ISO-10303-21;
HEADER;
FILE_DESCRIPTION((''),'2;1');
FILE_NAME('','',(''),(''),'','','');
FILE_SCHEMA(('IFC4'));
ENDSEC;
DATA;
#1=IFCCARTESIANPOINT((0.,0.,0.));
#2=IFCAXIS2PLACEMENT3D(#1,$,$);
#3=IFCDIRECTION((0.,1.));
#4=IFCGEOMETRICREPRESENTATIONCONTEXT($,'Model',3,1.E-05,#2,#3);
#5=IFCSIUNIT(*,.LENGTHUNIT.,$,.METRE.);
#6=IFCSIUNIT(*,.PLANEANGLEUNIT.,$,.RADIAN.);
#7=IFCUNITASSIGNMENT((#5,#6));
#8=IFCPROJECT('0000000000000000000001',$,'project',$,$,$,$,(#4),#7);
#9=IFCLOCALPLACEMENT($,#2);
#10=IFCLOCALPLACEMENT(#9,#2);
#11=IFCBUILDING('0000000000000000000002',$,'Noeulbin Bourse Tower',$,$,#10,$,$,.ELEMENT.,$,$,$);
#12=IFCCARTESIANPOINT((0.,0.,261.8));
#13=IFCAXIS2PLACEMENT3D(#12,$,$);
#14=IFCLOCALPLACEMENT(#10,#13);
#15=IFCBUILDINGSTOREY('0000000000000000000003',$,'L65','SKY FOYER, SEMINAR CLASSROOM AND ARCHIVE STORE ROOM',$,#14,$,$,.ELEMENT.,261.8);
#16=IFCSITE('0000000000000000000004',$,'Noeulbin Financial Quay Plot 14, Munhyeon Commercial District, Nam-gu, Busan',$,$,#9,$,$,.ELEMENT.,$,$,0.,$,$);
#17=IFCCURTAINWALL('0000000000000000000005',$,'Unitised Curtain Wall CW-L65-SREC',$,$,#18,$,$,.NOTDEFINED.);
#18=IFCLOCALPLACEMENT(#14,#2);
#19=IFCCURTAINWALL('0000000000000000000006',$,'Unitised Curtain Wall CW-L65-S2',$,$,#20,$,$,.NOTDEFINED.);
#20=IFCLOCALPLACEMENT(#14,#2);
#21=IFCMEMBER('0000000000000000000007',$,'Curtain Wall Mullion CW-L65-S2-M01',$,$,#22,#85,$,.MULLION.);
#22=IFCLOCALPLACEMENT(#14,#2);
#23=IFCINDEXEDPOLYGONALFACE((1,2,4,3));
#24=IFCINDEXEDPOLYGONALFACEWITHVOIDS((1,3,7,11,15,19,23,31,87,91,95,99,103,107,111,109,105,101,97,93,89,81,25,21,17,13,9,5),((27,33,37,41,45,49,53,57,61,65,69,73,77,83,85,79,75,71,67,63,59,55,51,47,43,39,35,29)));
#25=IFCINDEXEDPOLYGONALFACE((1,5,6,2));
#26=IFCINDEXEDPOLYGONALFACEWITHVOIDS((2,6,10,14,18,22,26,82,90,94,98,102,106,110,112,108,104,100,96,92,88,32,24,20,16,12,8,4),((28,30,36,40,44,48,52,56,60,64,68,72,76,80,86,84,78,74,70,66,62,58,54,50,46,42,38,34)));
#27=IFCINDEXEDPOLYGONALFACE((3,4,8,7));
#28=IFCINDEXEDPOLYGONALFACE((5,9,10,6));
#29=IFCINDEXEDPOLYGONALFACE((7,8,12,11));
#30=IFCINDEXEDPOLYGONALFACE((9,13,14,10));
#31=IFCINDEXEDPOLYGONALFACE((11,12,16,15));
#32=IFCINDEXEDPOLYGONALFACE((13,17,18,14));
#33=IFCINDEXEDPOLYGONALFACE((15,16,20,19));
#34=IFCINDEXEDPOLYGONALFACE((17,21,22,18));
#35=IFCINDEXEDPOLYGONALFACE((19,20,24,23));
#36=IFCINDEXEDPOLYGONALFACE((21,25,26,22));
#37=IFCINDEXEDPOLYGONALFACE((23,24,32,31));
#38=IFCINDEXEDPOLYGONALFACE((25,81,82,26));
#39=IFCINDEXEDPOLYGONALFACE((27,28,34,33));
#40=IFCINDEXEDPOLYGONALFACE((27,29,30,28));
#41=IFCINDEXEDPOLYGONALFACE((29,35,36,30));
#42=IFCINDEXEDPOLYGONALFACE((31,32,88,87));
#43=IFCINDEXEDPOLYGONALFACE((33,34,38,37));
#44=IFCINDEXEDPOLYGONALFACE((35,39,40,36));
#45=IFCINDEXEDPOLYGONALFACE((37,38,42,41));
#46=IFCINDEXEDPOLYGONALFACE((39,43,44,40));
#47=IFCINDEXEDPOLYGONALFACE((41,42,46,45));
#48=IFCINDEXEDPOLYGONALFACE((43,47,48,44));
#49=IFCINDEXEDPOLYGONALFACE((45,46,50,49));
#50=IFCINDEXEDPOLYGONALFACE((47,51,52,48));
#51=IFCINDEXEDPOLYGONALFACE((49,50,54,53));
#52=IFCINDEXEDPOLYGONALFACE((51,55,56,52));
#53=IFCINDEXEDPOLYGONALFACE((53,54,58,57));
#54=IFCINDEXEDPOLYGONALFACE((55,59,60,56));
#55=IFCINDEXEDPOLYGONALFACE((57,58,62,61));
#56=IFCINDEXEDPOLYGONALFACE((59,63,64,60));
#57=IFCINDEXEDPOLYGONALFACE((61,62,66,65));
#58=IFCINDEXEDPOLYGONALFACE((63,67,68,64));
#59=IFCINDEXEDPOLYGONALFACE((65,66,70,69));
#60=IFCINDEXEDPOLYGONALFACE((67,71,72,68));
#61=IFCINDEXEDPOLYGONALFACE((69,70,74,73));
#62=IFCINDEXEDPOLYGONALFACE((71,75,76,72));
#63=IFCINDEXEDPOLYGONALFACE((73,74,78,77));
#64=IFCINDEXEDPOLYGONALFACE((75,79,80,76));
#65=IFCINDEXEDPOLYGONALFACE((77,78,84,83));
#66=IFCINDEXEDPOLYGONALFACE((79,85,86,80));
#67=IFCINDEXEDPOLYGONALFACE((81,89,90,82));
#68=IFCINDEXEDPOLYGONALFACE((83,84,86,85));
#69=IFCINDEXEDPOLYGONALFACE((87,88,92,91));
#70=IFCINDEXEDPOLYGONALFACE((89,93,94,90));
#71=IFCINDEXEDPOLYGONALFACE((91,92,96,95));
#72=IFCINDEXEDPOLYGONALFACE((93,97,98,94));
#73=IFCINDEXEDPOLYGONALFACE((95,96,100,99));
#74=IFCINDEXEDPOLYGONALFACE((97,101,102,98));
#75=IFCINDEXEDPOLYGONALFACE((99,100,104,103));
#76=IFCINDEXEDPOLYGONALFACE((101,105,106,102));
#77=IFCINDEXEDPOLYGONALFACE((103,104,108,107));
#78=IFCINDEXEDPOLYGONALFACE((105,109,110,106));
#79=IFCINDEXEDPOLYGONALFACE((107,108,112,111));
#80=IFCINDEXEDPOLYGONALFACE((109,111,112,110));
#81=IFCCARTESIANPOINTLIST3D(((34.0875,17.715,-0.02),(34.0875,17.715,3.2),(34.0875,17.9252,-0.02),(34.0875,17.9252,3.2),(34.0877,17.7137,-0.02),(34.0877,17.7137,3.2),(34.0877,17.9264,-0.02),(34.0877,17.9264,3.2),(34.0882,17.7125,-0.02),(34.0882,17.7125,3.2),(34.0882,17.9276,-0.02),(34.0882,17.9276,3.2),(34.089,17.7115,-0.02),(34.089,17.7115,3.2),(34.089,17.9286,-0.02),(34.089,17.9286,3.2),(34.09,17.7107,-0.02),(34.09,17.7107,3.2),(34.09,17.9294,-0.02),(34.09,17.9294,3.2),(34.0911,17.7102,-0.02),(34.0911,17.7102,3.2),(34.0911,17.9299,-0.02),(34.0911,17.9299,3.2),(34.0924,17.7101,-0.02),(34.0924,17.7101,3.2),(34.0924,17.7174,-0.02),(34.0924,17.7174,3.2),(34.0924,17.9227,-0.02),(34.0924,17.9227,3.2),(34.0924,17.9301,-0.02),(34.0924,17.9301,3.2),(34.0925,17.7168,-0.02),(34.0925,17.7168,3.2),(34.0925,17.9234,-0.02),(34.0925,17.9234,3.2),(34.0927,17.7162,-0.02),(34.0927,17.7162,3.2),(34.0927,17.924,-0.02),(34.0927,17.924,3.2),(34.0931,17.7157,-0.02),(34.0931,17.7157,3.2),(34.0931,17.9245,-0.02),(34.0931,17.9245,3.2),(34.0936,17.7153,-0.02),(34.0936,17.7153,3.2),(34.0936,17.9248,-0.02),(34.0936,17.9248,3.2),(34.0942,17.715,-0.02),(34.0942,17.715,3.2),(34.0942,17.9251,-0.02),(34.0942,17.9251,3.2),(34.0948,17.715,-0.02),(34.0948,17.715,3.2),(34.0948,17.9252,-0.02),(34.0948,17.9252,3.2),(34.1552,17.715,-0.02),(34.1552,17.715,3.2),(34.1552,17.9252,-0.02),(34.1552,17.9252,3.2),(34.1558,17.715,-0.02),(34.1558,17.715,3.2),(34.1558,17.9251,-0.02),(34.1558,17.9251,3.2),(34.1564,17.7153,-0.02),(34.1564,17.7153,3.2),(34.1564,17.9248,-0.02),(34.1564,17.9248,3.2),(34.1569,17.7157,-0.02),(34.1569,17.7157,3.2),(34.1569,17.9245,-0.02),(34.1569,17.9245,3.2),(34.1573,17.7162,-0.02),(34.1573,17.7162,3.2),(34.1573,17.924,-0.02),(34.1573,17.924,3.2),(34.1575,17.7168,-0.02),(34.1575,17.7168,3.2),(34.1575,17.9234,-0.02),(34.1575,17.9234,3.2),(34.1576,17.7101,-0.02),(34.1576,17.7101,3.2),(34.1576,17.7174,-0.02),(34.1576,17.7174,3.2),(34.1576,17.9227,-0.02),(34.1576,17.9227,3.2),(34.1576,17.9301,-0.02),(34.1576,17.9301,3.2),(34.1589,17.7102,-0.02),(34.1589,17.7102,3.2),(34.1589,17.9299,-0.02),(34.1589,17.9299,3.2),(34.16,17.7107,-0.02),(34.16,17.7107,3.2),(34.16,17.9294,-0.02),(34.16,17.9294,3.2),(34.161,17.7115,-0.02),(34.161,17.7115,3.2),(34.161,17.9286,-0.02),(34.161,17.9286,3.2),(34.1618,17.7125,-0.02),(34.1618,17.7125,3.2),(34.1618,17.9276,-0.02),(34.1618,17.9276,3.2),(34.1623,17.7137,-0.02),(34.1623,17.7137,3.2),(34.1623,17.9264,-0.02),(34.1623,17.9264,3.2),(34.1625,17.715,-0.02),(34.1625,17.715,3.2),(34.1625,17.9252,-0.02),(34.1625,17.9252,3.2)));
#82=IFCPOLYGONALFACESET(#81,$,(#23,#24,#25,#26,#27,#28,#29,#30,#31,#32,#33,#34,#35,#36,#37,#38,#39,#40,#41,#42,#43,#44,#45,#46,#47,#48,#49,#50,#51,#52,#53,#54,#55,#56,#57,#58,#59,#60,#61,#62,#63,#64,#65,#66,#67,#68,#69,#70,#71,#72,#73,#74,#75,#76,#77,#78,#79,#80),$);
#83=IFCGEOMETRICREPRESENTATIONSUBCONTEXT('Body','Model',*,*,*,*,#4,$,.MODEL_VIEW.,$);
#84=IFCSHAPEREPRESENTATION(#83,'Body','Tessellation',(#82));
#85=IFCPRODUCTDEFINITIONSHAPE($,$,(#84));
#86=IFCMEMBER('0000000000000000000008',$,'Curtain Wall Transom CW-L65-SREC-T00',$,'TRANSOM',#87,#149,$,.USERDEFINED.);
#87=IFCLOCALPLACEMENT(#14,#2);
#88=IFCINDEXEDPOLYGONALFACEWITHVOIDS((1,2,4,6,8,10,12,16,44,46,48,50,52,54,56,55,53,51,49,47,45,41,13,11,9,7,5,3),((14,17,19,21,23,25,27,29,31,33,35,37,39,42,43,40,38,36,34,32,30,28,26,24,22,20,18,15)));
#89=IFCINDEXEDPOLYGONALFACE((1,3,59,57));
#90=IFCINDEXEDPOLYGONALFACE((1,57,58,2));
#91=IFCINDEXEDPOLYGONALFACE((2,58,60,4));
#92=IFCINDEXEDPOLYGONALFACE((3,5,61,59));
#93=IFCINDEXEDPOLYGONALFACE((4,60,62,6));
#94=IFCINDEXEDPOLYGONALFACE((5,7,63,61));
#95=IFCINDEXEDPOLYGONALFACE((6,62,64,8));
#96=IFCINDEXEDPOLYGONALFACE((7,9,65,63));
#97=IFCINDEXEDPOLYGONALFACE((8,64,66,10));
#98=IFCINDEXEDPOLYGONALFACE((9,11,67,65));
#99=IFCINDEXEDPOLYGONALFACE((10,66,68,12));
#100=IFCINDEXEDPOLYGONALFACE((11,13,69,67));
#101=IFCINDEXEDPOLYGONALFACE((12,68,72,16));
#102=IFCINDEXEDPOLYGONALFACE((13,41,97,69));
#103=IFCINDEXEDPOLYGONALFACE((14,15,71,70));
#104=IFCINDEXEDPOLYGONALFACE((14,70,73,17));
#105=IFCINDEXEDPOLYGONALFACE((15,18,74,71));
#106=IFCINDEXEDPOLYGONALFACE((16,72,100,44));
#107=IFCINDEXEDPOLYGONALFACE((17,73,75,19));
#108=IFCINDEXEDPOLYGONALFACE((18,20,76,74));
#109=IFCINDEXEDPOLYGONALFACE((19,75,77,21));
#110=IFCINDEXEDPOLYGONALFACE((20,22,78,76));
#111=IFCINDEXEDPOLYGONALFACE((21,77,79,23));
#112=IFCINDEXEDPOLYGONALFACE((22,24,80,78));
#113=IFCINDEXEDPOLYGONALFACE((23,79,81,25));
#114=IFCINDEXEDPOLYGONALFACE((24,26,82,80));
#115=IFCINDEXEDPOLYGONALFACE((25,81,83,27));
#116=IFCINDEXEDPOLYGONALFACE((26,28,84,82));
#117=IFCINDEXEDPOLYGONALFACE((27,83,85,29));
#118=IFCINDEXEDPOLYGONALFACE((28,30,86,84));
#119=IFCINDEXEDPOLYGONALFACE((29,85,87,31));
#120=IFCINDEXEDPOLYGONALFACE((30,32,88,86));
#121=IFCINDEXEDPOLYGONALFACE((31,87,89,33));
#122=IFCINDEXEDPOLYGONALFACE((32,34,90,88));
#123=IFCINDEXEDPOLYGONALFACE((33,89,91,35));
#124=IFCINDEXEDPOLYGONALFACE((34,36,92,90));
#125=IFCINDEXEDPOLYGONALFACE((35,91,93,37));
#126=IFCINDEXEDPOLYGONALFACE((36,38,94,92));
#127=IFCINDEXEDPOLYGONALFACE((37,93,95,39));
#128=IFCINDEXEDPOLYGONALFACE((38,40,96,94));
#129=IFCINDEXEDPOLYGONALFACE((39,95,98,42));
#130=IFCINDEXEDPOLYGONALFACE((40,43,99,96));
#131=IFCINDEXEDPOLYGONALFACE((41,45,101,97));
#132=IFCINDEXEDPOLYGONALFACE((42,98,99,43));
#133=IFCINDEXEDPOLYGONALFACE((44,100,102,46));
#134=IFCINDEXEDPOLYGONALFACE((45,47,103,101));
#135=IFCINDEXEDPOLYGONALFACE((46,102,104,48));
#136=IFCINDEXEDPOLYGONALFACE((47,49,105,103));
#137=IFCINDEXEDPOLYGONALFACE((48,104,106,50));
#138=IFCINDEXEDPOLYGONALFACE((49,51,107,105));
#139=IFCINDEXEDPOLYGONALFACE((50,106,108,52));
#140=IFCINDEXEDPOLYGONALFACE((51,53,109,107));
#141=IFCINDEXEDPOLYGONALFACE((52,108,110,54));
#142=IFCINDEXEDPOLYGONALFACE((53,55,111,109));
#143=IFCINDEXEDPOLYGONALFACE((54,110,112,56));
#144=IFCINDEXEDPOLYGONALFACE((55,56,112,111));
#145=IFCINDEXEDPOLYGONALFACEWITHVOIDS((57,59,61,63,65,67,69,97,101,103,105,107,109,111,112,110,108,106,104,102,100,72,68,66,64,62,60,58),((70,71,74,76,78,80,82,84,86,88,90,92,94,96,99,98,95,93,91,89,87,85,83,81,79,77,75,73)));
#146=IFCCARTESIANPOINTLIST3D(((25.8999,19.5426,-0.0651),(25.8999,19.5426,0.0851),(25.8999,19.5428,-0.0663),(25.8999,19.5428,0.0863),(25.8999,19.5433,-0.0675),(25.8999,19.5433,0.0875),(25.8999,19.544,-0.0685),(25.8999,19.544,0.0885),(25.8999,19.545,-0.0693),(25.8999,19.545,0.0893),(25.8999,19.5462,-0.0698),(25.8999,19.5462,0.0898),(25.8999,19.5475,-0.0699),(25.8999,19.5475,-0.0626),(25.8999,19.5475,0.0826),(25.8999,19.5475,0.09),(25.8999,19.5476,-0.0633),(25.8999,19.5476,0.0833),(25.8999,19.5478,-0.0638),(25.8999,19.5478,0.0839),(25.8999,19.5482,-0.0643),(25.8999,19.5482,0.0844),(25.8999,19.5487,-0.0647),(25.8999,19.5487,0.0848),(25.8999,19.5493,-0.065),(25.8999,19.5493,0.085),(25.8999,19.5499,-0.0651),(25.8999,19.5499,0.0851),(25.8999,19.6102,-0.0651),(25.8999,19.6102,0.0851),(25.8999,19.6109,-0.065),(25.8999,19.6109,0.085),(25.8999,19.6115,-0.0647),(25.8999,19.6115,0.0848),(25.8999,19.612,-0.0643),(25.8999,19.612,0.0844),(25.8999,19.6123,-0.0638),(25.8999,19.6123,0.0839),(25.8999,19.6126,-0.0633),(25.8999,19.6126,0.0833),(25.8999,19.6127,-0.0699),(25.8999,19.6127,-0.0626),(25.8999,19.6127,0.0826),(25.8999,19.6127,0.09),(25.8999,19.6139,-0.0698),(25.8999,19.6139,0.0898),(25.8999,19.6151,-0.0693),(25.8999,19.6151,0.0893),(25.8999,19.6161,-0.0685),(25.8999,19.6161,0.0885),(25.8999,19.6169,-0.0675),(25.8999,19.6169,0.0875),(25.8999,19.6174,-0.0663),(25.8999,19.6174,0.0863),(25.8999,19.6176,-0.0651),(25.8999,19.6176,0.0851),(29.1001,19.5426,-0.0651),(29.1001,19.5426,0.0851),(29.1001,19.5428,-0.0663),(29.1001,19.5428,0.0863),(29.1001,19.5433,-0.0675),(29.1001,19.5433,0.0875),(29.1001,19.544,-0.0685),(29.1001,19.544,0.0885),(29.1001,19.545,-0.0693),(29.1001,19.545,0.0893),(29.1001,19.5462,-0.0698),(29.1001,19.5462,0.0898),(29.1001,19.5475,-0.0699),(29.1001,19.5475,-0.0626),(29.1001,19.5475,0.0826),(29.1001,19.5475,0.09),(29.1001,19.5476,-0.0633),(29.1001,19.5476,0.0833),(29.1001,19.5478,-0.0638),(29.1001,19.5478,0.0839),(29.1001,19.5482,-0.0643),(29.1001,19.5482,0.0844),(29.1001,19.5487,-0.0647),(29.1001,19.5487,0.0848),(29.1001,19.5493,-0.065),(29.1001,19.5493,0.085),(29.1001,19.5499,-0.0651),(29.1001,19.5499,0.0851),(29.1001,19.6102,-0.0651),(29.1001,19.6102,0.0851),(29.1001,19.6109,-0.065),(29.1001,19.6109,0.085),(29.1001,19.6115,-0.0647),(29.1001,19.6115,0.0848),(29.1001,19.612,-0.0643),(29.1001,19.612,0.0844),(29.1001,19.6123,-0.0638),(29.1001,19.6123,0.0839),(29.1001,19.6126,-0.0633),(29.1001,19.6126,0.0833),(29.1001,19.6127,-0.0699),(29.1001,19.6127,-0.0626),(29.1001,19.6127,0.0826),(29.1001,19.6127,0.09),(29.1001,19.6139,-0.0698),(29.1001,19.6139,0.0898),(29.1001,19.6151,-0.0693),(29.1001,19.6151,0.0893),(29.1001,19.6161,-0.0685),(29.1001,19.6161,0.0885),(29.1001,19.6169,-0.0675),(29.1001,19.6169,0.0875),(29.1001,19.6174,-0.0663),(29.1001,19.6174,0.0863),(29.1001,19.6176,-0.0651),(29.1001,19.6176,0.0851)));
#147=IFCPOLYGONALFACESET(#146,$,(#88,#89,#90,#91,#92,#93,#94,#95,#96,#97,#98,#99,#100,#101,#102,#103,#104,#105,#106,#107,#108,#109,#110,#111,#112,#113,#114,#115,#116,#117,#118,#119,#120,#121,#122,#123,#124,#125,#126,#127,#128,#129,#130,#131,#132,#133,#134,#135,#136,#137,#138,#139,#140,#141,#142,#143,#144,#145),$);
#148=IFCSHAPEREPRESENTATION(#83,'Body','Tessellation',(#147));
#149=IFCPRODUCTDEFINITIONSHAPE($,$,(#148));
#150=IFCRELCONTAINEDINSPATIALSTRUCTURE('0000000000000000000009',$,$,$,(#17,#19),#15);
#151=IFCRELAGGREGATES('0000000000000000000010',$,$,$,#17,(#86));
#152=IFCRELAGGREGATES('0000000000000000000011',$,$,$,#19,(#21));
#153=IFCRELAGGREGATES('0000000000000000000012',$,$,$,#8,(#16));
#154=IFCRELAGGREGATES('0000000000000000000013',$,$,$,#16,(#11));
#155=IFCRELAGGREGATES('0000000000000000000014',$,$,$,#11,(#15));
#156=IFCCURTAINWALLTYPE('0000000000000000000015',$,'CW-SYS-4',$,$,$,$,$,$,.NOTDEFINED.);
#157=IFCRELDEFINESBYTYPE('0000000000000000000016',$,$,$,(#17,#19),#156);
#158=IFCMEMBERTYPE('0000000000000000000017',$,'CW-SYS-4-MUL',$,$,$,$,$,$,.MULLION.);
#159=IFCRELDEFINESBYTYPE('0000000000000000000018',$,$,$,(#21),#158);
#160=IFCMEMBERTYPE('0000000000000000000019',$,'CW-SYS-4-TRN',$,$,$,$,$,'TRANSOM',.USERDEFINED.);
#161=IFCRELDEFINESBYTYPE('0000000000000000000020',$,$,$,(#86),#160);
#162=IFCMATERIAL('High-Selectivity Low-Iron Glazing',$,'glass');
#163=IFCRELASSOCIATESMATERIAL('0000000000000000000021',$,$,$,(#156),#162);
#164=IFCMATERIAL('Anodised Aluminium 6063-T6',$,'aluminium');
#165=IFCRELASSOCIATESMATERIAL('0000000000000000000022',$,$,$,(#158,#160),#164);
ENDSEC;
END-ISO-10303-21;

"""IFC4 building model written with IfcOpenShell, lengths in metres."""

from ifc_helpers import new_model, si_unit, direction, frame, origin, origin_2d, place, context, subcontext, project, spatial, hollow_rectangle, extrude, material, material_profile, profile_set, type_object, element, aggregate, save


model = new_model("IFC4")

# Units and contexts
model_context = context("Model", 3, precision=1e-05, world=origin(), true_north=direction((0.0, 1.0)))
body_context = subcontext(model_context, "Body", "Model", "MODEL_VIEW")
ifc_project = project(units=[si_unit("LENGTHUNIT", "METRE"), si_unit("PLANEANGLEUNIT", "RADIAN")], contexts=[model_context])

# Site, building, storey
site_placement = place(None, origin())
site = spatial("IfcSite", under=ifc_project, at=site_placement, Name="Noeulbin Financial Quay Plot 14, Munhyeon Commercial District, Nam-gu, Busan", CompositionType="ELEMENT", RefElevation=0.0)
building_placement = place(site_placement, origin())
building = spatial("IfcBuilding", under=site, at=building_placement, Name="Noeulbin Bourse Tower", CompositionType="ELEMENT")
storey_placement = place(building_placement, frame((0.0, 0.0, 261.8)))
storey = spatial("IfcBuildingStorey", under=building, at=storey_placement, Name="L65", Description="SKY FOYER, SEMINAR CLASSROOM AND ARCHIVE STORE ROOM", CompositionType="ELEMENT", Elevation=261.8)

# Curtain wall
ifc_material_1 = material(Name="High-Selectivity Low-Iron Glazing", Category="glass")
curtain_wall_type = type_object("IfcCurtainWallType", Name="CW-SYS-4", PredefinedType="NOTDEFINED", material=ifc_material_1)
curtain_wall_1_placement = place(storey_placement, origin())
curtain_wall_1 = element("IfcCurtainWall", 1, at=curtain_wall_1_placement, inside=storey, type_object=curtain_wall_type, Name="Unitised Curtain Wall CW-L65-SREC", PredefinedType="NOTDEFINED")
ifc_material_2 = material(Name="Anodised Aluminium 6063-T6", Category="aluminium")
ifc_material_profile_1 = material_profile(ifc_material_2, hollow_rectangle(XDim=0.075, YDim=0.22, WallThickness=0.0049, InnerFilletRadius=0.0024, OuterFilletRadius=0.0049, at=origin_2d()), Name="ALU-MULL-75x220x5", Category="LoadBearing")
ifc_profile_set_1 = profile_set([ifc_material_profile_1], Name="Anodised Aluminium 6063-T6")
member_type_1 = type_object("IfcMemberType", Name="CW-SYS-4-MUL", PredefinedType="MULLION", material=ifc_profile_set_1)

# Curtain wall, member
curtain_wall_2_placement = place(storey_placement, origin())
curtain_wall_2 = element("IfcCurtainWall", 2, at=curtain_wall_2_placement, inside=storey, type_object=curtain_wall_type, Name="Unitised Curtain Wall CW-L65-S2", PredefinedType="NOTDEFINED")
member_1_placement = place(storey_placement, frame((34.125, 17.8201, -0.02), z_axis=(0.0, 0.0, 1.0), x_axis=(1.0, 0.0, 0.0)))
member_1 = element("IfcMember", 3, at=member_1_placement, type_object=member_type_1, Name="Curtain Wall Mullion CW-L65-S2-M01", PredefinedType="MULLION", context=body_context, shape_type="SweptSolid", body=[
    extrude(hollow_rectangle(XDim=0.075, YDim=0.22, WallThickness=0.0049, InnerFilletRadius=0.0024, OuterFilletRadius=0.0049, at=origin_2d()), origin(), (0.0, 0.0, 1.0), 3.22),
])

# Member
ifc_material_profile_2 = material_profile(ifc_material_2, hollow_rectangle(XDim=0.075, YDim=0.1599, WallThickness=0.0049, InnerFilletRadius=0.0024, OuterFilletRadius=0.0049, at=origin_2d()), Name="ALU-TRAN-75x160x5", Category="LoadBearing")
ifc_profile_set_2 = profile_set([ifc_material_profile_2], Name="Anodised Aluminium 6063-T6")
member_type_2 = type_object("IfcMemberType", Name="CW-SYS-4-TRN", ElementType="TRANSOM", PredefinedType="USERDEFINED", material=ifc_profile_set_2)
member_2_placement = place(storey_placement, frame((25.8999, 19.5801, 0.01), z_axis=(1.0, 0.0, 0.0), x_axis=(0.0, 1.0, 0.0)))
member_2 = element("IfcMember", 4, at=member_2_placement, type_object=member_type_2, Name="Curtain Wall Transom CW-L65-SREC-T00", ObjectType="TRANSOM", PredefinedType="USERDEFINED", context=body_context, shape_type="SweptSolid", body=[
    extrude(hollow_rectangle(XDim=0.075, YDim=0.1599, WallThickness=0.0049, InnerFilletRadius=0.0024, OuterFilletRadius=0.0049, at=origin_2d()), origin(), (0.0, 0.0, 1.0), 3.2002),
])

aggregate(curtain_wall_1, [member_2])
aggregate(curtain_wall_2, [member_1])

save(model, "model.ifc")
